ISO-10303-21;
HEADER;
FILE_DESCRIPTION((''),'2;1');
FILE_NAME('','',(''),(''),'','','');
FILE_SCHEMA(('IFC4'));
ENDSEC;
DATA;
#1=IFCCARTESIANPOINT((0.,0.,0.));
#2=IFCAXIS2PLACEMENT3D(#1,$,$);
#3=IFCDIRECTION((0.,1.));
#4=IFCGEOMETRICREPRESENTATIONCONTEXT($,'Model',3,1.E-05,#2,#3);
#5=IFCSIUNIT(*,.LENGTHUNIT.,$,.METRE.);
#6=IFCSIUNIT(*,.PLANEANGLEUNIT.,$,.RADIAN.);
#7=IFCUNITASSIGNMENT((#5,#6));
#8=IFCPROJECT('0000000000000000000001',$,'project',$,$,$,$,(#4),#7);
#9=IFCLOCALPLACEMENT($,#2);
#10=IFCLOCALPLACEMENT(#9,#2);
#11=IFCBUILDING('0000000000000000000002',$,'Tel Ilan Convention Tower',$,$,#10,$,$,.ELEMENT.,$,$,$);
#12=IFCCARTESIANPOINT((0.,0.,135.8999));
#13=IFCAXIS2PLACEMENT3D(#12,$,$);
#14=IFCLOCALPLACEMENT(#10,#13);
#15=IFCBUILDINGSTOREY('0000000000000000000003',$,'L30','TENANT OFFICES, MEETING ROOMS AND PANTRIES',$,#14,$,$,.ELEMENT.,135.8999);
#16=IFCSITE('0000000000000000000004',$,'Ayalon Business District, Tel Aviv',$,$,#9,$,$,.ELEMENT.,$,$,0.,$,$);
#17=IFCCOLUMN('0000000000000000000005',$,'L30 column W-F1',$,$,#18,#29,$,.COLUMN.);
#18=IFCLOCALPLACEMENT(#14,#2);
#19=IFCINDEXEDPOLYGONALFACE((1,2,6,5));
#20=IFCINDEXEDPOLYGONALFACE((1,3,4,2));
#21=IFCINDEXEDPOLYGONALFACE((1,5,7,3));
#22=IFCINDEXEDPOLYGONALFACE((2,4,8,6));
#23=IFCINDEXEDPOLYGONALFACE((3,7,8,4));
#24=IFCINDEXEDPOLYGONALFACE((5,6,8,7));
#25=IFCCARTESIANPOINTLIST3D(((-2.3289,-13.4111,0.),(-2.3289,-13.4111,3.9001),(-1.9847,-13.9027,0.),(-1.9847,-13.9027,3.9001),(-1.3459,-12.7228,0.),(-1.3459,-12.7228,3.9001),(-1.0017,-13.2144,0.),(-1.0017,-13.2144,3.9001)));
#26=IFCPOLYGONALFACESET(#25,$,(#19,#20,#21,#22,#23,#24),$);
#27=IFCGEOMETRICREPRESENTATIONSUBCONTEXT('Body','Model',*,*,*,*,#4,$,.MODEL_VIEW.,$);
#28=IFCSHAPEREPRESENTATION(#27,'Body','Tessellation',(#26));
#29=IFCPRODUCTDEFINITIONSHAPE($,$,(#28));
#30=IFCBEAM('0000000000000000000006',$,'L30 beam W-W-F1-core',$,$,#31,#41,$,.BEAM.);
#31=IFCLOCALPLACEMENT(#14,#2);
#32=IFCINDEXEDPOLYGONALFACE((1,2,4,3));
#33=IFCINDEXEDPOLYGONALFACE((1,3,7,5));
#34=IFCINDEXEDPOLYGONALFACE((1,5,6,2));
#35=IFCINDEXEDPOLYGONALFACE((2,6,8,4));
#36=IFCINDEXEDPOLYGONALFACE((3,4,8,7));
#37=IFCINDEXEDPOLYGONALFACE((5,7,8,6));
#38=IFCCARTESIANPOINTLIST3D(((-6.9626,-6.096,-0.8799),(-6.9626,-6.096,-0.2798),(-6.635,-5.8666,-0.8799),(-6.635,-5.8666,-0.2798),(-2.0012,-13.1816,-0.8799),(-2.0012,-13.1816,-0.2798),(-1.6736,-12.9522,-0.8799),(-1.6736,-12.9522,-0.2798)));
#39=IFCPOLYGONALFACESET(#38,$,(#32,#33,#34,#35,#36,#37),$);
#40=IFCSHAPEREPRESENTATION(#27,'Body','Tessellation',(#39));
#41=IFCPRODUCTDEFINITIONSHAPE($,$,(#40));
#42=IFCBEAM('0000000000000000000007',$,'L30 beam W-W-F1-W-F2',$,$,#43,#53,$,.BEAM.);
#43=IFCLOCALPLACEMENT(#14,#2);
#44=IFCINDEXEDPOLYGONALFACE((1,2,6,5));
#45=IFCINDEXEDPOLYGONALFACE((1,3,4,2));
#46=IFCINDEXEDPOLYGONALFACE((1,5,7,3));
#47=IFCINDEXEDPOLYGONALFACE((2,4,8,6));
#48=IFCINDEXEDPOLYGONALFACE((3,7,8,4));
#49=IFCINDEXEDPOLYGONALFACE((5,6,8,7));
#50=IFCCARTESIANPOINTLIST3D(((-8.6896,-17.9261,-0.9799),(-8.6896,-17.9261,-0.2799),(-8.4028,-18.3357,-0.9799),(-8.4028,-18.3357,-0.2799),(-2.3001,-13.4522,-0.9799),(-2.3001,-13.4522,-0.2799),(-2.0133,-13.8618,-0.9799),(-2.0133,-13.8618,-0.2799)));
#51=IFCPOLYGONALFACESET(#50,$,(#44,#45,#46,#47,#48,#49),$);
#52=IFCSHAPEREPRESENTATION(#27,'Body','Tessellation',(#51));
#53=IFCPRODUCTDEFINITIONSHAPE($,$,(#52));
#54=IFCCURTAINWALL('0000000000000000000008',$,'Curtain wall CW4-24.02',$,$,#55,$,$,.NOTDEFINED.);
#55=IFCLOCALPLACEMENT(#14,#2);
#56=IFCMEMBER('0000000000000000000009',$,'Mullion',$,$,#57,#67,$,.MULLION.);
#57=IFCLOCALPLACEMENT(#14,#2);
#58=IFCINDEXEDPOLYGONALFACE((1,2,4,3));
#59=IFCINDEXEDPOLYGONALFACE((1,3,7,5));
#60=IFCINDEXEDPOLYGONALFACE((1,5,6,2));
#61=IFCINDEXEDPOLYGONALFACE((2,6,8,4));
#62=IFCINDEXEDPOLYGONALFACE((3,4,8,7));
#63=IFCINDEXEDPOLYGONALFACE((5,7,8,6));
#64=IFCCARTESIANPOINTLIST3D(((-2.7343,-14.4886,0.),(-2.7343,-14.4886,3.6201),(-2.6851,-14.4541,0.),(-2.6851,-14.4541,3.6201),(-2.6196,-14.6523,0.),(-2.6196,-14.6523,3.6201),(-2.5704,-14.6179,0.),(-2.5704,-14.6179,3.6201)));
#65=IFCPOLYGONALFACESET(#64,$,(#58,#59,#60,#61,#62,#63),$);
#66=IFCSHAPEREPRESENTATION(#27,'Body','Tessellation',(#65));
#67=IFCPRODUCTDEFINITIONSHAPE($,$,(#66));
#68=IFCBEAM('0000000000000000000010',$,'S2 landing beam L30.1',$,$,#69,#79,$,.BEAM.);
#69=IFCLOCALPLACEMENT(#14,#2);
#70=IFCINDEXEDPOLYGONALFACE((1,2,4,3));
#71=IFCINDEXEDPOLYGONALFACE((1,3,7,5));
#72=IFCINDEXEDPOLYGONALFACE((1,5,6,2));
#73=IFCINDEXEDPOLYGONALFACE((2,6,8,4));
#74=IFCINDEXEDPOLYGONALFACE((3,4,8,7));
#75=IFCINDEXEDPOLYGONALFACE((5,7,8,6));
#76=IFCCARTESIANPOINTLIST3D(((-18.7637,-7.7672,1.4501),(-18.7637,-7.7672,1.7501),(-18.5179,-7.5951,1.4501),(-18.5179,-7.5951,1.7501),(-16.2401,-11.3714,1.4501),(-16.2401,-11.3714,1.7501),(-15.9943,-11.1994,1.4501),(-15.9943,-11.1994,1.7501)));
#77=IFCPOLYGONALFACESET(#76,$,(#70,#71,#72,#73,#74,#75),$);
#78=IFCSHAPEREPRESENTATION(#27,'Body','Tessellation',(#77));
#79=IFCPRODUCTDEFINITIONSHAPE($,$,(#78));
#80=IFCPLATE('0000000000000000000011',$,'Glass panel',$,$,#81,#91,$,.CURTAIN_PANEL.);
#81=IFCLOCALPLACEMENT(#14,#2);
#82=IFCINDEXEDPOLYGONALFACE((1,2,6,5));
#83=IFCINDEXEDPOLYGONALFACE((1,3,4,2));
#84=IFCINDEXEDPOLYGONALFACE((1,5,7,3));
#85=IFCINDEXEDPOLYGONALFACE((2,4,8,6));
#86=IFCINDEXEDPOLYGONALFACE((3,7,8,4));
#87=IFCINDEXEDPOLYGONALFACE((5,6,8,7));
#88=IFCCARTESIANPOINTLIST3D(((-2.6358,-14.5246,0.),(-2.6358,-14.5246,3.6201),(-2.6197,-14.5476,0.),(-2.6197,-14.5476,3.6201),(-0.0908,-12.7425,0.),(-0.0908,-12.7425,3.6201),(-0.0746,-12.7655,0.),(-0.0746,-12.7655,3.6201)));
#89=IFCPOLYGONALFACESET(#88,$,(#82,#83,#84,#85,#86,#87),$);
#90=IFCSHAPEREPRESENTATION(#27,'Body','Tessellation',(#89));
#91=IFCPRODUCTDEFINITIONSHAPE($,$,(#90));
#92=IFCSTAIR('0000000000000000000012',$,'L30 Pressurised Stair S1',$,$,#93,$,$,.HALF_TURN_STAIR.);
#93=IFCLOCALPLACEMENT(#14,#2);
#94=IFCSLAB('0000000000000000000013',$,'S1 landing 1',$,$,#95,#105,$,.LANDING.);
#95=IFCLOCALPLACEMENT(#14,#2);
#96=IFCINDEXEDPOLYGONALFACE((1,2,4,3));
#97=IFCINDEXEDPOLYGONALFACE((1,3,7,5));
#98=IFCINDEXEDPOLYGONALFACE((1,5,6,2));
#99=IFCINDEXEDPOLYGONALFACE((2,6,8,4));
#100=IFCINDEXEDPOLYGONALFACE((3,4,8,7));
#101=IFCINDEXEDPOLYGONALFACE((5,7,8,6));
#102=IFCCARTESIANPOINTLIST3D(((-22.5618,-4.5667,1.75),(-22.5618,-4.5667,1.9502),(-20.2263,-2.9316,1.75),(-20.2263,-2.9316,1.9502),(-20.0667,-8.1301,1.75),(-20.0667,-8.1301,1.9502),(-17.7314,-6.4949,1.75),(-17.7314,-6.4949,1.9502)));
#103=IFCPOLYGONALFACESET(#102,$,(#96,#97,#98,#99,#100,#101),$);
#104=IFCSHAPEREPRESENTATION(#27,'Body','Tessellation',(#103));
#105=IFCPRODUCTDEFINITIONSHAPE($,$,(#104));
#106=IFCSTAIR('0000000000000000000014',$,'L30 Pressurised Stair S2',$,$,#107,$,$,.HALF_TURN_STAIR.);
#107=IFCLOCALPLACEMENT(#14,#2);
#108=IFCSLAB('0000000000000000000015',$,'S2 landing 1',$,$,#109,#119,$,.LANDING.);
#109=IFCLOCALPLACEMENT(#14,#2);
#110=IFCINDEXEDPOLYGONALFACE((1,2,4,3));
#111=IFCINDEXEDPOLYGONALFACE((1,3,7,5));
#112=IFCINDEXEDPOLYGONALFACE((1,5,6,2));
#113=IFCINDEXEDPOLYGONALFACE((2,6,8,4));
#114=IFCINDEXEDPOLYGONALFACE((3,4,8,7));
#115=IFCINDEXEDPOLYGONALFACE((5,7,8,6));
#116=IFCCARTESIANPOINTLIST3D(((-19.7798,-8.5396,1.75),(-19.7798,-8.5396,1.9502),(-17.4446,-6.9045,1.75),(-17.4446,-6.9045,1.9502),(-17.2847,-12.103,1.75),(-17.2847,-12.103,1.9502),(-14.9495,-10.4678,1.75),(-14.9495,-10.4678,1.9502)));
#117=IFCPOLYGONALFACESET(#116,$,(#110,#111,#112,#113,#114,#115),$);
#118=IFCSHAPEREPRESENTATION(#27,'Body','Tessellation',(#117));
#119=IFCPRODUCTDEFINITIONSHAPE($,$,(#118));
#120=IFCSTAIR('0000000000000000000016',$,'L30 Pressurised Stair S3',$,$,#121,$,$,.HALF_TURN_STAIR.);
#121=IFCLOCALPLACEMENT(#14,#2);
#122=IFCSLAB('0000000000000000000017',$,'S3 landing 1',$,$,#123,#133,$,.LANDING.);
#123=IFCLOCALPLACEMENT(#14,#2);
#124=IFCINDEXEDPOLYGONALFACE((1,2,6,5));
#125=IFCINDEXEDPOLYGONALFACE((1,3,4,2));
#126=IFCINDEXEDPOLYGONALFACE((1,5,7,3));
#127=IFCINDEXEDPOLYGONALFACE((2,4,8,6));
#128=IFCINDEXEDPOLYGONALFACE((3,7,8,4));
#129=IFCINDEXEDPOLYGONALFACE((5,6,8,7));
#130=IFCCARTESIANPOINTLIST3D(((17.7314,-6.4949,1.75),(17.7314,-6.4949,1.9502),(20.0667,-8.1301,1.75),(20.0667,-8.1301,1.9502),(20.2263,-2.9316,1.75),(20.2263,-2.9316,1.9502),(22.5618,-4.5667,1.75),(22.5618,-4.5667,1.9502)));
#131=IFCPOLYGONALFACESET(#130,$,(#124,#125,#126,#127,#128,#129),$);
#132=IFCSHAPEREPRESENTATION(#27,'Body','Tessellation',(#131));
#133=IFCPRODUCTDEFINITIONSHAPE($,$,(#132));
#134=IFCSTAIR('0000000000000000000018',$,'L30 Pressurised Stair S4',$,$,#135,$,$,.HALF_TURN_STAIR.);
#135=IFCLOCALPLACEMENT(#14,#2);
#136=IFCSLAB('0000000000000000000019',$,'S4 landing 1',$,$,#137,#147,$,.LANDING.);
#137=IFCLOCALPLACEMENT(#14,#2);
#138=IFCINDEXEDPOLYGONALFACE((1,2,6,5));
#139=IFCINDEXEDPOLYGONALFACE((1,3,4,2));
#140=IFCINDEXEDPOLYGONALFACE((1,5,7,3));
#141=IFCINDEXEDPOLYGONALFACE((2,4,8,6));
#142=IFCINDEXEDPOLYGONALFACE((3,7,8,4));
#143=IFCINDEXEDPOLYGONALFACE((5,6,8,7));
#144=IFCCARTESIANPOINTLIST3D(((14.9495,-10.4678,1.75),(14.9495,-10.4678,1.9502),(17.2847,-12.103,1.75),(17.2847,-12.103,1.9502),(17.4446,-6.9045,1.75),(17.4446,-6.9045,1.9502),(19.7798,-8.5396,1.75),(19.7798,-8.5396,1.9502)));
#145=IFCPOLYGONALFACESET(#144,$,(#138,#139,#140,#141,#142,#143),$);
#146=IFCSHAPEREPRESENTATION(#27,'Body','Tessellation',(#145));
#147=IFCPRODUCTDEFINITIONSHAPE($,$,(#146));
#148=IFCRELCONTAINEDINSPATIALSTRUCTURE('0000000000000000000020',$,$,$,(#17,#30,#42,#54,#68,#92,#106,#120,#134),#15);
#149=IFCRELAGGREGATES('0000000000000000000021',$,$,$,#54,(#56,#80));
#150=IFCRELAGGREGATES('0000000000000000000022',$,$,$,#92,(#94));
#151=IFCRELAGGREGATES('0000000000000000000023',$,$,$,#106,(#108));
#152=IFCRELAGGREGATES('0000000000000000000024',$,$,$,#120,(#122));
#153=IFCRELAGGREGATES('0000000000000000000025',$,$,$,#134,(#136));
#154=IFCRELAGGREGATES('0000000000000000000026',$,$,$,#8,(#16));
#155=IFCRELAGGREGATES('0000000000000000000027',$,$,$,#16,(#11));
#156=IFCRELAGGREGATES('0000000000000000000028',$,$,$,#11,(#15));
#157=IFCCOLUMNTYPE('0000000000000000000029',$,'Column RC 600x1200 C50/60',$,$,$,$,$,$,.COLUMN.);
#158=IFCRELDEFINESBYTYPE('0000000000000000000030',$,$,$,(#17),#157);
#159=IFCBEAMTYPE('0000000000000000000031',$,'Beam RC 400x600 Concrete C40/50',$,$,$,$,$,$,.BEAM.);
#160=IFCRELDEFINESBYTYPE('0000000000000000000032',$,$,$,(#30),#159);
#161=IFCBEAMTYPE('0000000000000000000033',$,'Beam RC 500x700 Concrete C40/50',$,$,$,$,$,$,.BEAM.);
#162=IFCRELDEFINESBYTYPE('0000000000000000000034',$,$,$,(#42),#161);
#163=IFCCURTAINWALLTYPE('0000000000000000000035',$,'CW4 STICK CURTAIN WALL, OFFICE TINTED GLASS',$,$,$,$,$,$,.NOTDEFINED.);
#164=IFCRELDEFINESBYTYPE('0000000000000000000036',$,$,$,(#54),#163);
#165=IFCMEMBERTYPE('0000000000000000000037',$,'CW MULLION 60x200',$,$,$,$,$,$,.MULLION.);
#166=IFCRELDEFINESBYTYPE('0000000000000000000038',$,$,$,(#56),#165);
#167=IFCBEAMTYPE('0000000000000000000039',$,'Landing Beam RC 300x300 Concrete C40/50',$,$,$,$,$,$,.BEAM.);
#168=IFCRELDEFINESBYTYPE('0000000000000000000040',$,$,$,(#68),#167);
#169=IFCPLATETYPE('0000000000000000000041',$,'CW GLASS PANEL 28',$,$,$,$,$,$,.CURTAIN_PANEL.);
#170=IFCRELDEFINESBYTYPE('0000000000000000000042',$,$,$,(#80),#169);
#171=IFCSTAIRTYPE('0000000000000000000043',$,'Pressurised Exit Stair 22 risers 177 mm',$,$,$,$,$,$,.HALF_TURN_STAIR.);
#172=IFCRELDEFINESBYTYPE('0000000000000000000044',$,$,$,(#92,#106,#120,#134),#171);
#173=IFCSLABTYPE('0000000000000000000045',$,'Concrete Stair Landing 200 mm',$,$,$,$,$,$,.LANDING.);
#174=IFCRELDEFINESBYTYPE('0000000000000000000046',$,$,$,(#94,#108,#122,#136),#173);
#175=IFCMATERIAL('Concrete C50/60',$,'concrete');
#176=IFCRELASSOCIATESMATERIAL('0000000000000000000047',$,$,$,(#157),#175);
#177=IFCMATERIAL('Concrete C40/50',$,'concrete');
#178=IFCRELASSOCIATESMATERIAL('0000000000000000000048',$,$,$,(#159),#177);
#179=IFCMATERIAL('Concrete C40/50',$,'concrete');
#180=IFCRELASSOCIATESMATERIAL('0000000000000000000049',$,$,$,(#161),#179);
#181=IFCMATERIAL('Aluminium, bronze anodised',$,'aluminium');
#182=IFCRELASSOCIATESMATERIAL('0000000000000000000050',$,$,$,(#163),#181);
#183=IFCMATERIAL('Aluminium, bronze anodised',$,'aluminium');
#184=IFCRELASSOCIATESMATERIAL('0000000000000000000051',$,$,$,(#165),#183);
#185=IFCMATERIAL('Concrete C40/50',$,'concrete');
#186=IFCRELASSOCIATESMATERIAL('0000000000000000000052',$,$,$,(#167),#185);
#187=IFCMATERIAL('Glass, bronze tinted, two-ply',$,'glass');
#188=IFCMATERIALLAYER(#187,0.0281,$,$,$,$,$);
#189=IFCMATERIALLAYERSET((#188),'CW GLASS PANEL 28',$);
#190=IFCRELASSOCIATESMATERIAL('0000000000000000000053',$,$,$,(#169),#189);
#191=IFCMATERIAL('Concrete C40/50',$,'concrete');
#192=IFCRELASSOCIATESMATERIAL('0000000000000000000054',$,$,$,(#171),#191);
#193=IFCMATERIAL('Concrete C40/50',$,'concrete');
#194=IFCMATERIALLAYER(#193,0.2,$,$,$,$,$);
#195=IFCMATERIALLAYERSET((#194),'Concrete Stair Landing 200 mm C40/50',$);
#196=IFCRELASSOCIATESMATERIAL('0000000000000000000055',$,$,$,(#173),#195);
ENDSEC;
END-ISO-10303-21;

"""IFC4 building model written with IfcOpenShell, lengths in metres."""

from ifc_helpers import new_model, si_unit, direction, frame, origin, origin_2d, place, context, subcontext, project, spatial, polyline, rectangle, outline, extrude, material, layer, layer_set, material_profile, profile_set, type_object, element, aggregate, save


model = new_model("IFC4")

# Units and contexts
model_context = context("Model", 3, precision=1e-05, world=origin(), true_north=direction((0.0, 1.0)))
body_context = subcontext(model_context, "Body", "Model", "MODEL_VIEW")
ifc_project = project(units=[si_unit("LENGTHUNIT", "METRE"), si_unit("PLANEANGLEUNIT", "RADIAN")], contexts=[model_context])

# Site, building, storey
site_placement = place(None, origin())
site = spatial("IfcSite", under=ifc_project, at=site_placement, Name="Ayalon Business District, Tel Aviv", CompositionType="ELEMENT", RefElevation=0.0)
building_placement = place(site_placement, origin())
building = spatial("IfcBuilding", under=site, at=building_placement, Name="Tel Ilan Convention Tower", CompositionType="ELEMENT")
storey_placement = place(building_placement, frame((0.0, 0.0, 135.8999)))
storey = spatial("IfcBuildingStorey", under=building, at=storey_placement, Name="L30", Description="TENANT OFFICES, MEETING ROOMS AND PANTRIES", CompositionType="ELEMENT", Elevation=135.8999)

# Column
ifc_material_1 = material(Name="Concrete C50/60", Category="concrete")
ifc_material_profile_1 = material_profile(ifc_material_1, rectangle(XDim=1.2, YDim=0.6001, at=origin_2d()), Name="RC 600x1200")
ifc_profile_set_1 = profile_set([ifc_material_profile_1], Name="Concrete C50/60")
column_type = type_object("IfcColumnType", Name="Column RC 600x1200 C50/60", PredefinedType="COLUMN", material=ifc_profile_set_1)
column_placement = place(storey_placement, frame((-1.6653, -13.3127, 0.0), z_axis=(0.0, 0.0, 1.0), x_axis=(-0.819152, -0.573576, 0.0)))
element("IfcColumn", 1, at=column_placement, inside=storey, type_object=column_type, Name="L30 column W-F1", PredefinedType="COLUMN", context=body_context, shape_type="SweptSolid", body=[
    extrude(rectangle(XDim=1.2, YDim=0.6001, at=origin_2d()), origin(), (0.0, 0.0, 1.0), 3.9001),
])

# Beams
ifc_material_2 = material(Name="Concrete C40/50", Category="concrete")
ifc_material_profile_2 = material_profile(ifc_material_2, rectangle(XDim=0.3999, YDim=0.6001, at=origin_2d()), Name="RC 400x600")
ifc_profile_set_2 = profile_set([ifc_material_profile_2], Name="Concrete C40/50")
beam_type_1 = type_object("IfcBeamType", Name="Beam RC 400x600 Concrete C40/50", PredefinedType="BEAM", material=ifc_profile_set_2)
beam_1_placement = place(storey_placement, frame((-1.8374, -13.0669, -0.5798), z_axis=(-0.573574, 0.819154, 0.0), x_axis=(-0.819154, -0.573574, 0.0)))
element("IfcBeam", 2, at=beam_1_placement, inside=storey, type_object=beam_type_1, Name="L30 beam W-W-F1-core", PredefinedType="BEAM", context=body_context, shape_type="SweptSolid", body=[
    extrude(rectangle(XDim=0.3999, YDim=0.6001, at=origin_2d()), origin(), (0.0, 0.0, 1.0), 8.6499),
])
ifc_material_3 = material(Name="Concrete C40/50", Category="concrete")
ifc_material_profile_3 = material_profile(ifc_material_3, rectangle(XDim=0.5, YDim=0.7, at=origin_2d()), Name="RC 500x700")
ifc_profile_set_3 = profile_set([ifc_material_profile_3], Name="Concrete C40/50")
beam_type_2 = type_object("IfcBeamType", Name="Beam RC 500x700 Concrete C40/50", PredefinedType="BEAM", material=ifc_profile_set_3)
beam_2_placement = place(storey_placement, frame((-2.1567, -13.657, -0.6299), z_axis=(-0.819154, -0.573574, 0.0), x_axis=(0.573574, -0.819154, 0.0)))
element("IfcBeam", 3, at=beam_2_placement, inside=storey, type_object=beam_type_2, Name="L30 beam W-W-F1-W-F2", PredefinedType="BEAM", context=body_context, shape_type="SweptSolid", body=[
    extrude(rectangle(XDim=0.5, YDim=0.7, at=origin_2d()), origin(), (0.0, 0.0, 1.0), 7.8),
])

# Curtain wall, member
ifc_material_4 = material(Name="Aluminium, bronze anodised", Category="aluminium")
curtain_wall_type = type_object("IfcCurtainWallType", Name="CW4 STICK CURTAIN WALL, OFFICE TINTED GLASS", PredefinedType="NOTDEFINED", material=ifc_material_4)
curtain_wall_placement = place(storey_placement, origin())
curtain_wall = element("IfcCurtainWall", 4, at=curtain_wall_placement, inside=storey, type_object=curtain_wall_type, Name="Curtain wall CW4-24.02", PredefinedType="NOTDEFINED")
ifc_material_5 = material(Name="Aluminium, bronze anodised", Category="aluminium")
ifc_material_profile_4 = material_profile(ifc_material_5, rectangle(XDim=0.0601, YDim=0.2, at=origin_2d()), Name="CW MULLION 60x200")
ifc_profile_set_4 = profile_set([ifc_material_profile_4], Name="Aluminium, bronze anodised")
member_type = type_object("IfcMemberType", Name="CW MULLION 60x200", PredefinedType="MULLION", material=ifc_profile_set_4)
member_placement = place(storey_placement, frame((-2.6523, -14.5532, 0.0), z_axis=(0.0, 0.0, 1.0), x_axis=(0.819152, 0.573576, 0.0)))
member = element("IfcMember", 5, at=member_placement, type_object=member_type, Name="Mullion", PredefinedType="MULLION", context=body_context, shape_type="SweptSolid", body=[
    extrude(rectangle(XDim=0.0601, YDim=0.2, at=origin_2d()), origin(), (0.0, 0.0, 1.0), 3.6201),
])

# Beam
ifc_material_6 = material(Name="Concrete C40/50", Category="concrete")
ifc_material_profile_5 = material_profile(ifc_material_6, rectangle(XDim=0.3, YDim=0.3, at=origin_2d()), Name="RC 300x300")
ifc_profile_set_5 = profile_set([ifc_material_profile_5], Name="Concrete C40/50")
beam_type_3 = type_object("IfcBeamType", Name="Landing Beam RC 300x300 Concrete C40/50", PredefinedType="BEAM", material=ifc_profile_set_5)
beam_3_placement = place(storey_placement, frame((-16.1172, -11.2854, 1.6001), z_axis=(-0.57357, 0.819156, 0.0), x_axis=(-0.819156, -0.57357, 0.0)))
element("IfcBeam", 6, at=beam_3_placement, inside=storey, type_object=beam_type_3, Name="S2 landing beam L30.1", PredefinedType="BEAM", context=body_context, shape_type="SweptSolid", body=[
    extrude(rectangle(XDim=0.3, YDim=0.3, at=origin_2d()), origin(), (0.0, 0.0, 1.0), 4.3999),
])

# Plate
ifc_material_7 = material(Name="Glass, bronze tinted, two-ply", Category="glass")
ifc_layer_1 = layer(ifc_material_7, 0.0281)
ifc_layer_set_1 = layer_set([ifc_layer_1], Name="CW GLASS PANEL 28")
plate_type = type_object("IfcPlateType", Name="CW GLASS PANEL 28", PredefinedType="CURTAIN_PANEL", material=ifc_layer_set_1)
plate_placement = place(storey_placement, frame((-1.3552, -13.645, 0.0), z_axis=(0.0, 0.0, 1.0), x_axis=(0.819152, 0.573576, 0.0)))
plate = element("IfcPlate", 7, at=plate_placement, type_object=plate_type, Name="Glass panel", PredefinedType="CURTAIN_PANEL", context=body_context, shape_type="SweptSolid", body=[
    extrude(rectangle(XDim=3.1069, YDim=0.0281, at=origin_2d()), origin(), (0.0, 0.0, 1.0), 3.6201),
])
aggregate(curtain_wall, [member, plate])

# Stairs, slabs
ifc_material_8 = material(Name="Concrete C40/50", Category="concrete")
stair_type = type_object("IfcStairType", Name="Pressurised Exit Stair 22 risers 177 mm", PredefinedType="HALF_TURN_STAIR", material=ifc_material_8)
stair_1_placement = place(storey_placement, origin())
stair_1 = element("IfcStair", 8, at=stair_1_placement, inside=storey, type_object=stair_type, Name="L30 Pressurised Stair S1", PredefinedType="HALF_TURN_STAIR")
ifc_material_9 = material(Name="Concrete C40/50", Category="concrete")
ifc_layer_2 = layer(ifc_material_9, 0.2)
ifc_layer_set_2 = layer_set([ifc_layer_2], Name="Concrete Stair Landing 200 mm C40/50")
slab_type_1 = type_object("IfcSlabType", Name="Concrete Stair Landing 200 mm", PredefinedType="LANDING", material=ifc_layer_set_2)
slab_1_placement = place(storey_placement, frame((0.0, 0.0, 1.75)))
slab_1 = element("IfcSlab", 9, at=slab_1_placement, type_object=slab_type_1, Name="S1 landing 1", PredefinedType="LANDING", context=body_context, shape_type="SweptSolid", body=[
    extrude(outline(polyline([(-20.0667, -8.1301), (-17.7314, -6.4949), (-20.2263, -2.9316), (-22.5618, -4.5667), (-20.0667, -8.1301)])), origin(), (0.0, 0.0, 1.0), 0.2002),
])
aggregate(stair_1, [slab_1])
stair_2_placement = place(storey_placement, origin())
stair_2 = element("IfcStair", 10, at=stair_2_placement, inside=storey, type_object=stair_type, Name="L30 Pressurised Stair S2", PredefinedType="HALF_TURN_STAIR")
slab_2_placement = place(storey_placement, frame((0.0, 0.0, 1.75)))
slab_2 = element("IfcSlab", 11, at=slab_2_placement, type_object=slab_type_1, Name="S2 landing 1", PredefinedType="LANDING", context=body_context, shape_type="SweptSolid", body=[
    extrude(outline(polyline([(-17.2847, -12.103), (-14.9495, -10.4678), (-17.4446, -6.9045), (-19.7798, -8.5396), (-17.2847, -12.103)])), origin(), (0.0, 0.0, 1.0), 0.2002),
])
aggregate(stair_2, [slab_2])
stair_3_placement = place(storey_placement, origin())
stair_3 = element("IfcStair", 12, at=stair_3_placement, inside=storey, type_object=stair_type, Name="L30 Pressurised Stair S3", PredefinedType="HALF_TURN_STAIR")
slab_3_placement = place(storey_placement, frame((0.0, 0.0, 1.75)))
slab_3 = element("IfcSlab", 13, at=slab_3_placement, type_object=slab_type_1, Name="S3 landing 1", PredefinedType="LANDING", context=body_context, shape_type="SweptSolid", body=[
    extrude(outline(polyline([(22.5618, -4.5667), (20.2263, -2.9316), (17.7314, -6.4949), (20.0667, -8.1301), (22.5618, -4.5667)])), origin(), (0.0, 0.0, 1.0), 0.2002),
])
aggregate(stair_3, [slab_3])
stair_4_placement = place(storey_placement, origin())
stair_4 = element("IfcStair", 14, at=stair_4_placement, inside=storey, type_object=stair_type, Name="L30 Pressurised Stair S4", PredefinedType="HALF_TURN_STAIR")
slab_4_placement = place(storey_placement, frame((0.0, 0.0, 1.75)))
slab_4 = element("IfcSlab", 15, at=slab_4_placement, type_object=slab_type_1, Name="S4 landing 1", PredefinedType="LANDING", context=body_context, shape_type="SweptSolid", body=[
    extrude(outline(polyline([(19.7798, -8.5396), (17.4446, -6.9045), (14.9495, -10.4678), (17.2847, -12.103), (19.7798, -8.5396)])), origin(), (0.0, 0.0, 1.0), 0.2002),
])
aggregate(stair_4, [slab_4])

save(model, "model.ifc")
